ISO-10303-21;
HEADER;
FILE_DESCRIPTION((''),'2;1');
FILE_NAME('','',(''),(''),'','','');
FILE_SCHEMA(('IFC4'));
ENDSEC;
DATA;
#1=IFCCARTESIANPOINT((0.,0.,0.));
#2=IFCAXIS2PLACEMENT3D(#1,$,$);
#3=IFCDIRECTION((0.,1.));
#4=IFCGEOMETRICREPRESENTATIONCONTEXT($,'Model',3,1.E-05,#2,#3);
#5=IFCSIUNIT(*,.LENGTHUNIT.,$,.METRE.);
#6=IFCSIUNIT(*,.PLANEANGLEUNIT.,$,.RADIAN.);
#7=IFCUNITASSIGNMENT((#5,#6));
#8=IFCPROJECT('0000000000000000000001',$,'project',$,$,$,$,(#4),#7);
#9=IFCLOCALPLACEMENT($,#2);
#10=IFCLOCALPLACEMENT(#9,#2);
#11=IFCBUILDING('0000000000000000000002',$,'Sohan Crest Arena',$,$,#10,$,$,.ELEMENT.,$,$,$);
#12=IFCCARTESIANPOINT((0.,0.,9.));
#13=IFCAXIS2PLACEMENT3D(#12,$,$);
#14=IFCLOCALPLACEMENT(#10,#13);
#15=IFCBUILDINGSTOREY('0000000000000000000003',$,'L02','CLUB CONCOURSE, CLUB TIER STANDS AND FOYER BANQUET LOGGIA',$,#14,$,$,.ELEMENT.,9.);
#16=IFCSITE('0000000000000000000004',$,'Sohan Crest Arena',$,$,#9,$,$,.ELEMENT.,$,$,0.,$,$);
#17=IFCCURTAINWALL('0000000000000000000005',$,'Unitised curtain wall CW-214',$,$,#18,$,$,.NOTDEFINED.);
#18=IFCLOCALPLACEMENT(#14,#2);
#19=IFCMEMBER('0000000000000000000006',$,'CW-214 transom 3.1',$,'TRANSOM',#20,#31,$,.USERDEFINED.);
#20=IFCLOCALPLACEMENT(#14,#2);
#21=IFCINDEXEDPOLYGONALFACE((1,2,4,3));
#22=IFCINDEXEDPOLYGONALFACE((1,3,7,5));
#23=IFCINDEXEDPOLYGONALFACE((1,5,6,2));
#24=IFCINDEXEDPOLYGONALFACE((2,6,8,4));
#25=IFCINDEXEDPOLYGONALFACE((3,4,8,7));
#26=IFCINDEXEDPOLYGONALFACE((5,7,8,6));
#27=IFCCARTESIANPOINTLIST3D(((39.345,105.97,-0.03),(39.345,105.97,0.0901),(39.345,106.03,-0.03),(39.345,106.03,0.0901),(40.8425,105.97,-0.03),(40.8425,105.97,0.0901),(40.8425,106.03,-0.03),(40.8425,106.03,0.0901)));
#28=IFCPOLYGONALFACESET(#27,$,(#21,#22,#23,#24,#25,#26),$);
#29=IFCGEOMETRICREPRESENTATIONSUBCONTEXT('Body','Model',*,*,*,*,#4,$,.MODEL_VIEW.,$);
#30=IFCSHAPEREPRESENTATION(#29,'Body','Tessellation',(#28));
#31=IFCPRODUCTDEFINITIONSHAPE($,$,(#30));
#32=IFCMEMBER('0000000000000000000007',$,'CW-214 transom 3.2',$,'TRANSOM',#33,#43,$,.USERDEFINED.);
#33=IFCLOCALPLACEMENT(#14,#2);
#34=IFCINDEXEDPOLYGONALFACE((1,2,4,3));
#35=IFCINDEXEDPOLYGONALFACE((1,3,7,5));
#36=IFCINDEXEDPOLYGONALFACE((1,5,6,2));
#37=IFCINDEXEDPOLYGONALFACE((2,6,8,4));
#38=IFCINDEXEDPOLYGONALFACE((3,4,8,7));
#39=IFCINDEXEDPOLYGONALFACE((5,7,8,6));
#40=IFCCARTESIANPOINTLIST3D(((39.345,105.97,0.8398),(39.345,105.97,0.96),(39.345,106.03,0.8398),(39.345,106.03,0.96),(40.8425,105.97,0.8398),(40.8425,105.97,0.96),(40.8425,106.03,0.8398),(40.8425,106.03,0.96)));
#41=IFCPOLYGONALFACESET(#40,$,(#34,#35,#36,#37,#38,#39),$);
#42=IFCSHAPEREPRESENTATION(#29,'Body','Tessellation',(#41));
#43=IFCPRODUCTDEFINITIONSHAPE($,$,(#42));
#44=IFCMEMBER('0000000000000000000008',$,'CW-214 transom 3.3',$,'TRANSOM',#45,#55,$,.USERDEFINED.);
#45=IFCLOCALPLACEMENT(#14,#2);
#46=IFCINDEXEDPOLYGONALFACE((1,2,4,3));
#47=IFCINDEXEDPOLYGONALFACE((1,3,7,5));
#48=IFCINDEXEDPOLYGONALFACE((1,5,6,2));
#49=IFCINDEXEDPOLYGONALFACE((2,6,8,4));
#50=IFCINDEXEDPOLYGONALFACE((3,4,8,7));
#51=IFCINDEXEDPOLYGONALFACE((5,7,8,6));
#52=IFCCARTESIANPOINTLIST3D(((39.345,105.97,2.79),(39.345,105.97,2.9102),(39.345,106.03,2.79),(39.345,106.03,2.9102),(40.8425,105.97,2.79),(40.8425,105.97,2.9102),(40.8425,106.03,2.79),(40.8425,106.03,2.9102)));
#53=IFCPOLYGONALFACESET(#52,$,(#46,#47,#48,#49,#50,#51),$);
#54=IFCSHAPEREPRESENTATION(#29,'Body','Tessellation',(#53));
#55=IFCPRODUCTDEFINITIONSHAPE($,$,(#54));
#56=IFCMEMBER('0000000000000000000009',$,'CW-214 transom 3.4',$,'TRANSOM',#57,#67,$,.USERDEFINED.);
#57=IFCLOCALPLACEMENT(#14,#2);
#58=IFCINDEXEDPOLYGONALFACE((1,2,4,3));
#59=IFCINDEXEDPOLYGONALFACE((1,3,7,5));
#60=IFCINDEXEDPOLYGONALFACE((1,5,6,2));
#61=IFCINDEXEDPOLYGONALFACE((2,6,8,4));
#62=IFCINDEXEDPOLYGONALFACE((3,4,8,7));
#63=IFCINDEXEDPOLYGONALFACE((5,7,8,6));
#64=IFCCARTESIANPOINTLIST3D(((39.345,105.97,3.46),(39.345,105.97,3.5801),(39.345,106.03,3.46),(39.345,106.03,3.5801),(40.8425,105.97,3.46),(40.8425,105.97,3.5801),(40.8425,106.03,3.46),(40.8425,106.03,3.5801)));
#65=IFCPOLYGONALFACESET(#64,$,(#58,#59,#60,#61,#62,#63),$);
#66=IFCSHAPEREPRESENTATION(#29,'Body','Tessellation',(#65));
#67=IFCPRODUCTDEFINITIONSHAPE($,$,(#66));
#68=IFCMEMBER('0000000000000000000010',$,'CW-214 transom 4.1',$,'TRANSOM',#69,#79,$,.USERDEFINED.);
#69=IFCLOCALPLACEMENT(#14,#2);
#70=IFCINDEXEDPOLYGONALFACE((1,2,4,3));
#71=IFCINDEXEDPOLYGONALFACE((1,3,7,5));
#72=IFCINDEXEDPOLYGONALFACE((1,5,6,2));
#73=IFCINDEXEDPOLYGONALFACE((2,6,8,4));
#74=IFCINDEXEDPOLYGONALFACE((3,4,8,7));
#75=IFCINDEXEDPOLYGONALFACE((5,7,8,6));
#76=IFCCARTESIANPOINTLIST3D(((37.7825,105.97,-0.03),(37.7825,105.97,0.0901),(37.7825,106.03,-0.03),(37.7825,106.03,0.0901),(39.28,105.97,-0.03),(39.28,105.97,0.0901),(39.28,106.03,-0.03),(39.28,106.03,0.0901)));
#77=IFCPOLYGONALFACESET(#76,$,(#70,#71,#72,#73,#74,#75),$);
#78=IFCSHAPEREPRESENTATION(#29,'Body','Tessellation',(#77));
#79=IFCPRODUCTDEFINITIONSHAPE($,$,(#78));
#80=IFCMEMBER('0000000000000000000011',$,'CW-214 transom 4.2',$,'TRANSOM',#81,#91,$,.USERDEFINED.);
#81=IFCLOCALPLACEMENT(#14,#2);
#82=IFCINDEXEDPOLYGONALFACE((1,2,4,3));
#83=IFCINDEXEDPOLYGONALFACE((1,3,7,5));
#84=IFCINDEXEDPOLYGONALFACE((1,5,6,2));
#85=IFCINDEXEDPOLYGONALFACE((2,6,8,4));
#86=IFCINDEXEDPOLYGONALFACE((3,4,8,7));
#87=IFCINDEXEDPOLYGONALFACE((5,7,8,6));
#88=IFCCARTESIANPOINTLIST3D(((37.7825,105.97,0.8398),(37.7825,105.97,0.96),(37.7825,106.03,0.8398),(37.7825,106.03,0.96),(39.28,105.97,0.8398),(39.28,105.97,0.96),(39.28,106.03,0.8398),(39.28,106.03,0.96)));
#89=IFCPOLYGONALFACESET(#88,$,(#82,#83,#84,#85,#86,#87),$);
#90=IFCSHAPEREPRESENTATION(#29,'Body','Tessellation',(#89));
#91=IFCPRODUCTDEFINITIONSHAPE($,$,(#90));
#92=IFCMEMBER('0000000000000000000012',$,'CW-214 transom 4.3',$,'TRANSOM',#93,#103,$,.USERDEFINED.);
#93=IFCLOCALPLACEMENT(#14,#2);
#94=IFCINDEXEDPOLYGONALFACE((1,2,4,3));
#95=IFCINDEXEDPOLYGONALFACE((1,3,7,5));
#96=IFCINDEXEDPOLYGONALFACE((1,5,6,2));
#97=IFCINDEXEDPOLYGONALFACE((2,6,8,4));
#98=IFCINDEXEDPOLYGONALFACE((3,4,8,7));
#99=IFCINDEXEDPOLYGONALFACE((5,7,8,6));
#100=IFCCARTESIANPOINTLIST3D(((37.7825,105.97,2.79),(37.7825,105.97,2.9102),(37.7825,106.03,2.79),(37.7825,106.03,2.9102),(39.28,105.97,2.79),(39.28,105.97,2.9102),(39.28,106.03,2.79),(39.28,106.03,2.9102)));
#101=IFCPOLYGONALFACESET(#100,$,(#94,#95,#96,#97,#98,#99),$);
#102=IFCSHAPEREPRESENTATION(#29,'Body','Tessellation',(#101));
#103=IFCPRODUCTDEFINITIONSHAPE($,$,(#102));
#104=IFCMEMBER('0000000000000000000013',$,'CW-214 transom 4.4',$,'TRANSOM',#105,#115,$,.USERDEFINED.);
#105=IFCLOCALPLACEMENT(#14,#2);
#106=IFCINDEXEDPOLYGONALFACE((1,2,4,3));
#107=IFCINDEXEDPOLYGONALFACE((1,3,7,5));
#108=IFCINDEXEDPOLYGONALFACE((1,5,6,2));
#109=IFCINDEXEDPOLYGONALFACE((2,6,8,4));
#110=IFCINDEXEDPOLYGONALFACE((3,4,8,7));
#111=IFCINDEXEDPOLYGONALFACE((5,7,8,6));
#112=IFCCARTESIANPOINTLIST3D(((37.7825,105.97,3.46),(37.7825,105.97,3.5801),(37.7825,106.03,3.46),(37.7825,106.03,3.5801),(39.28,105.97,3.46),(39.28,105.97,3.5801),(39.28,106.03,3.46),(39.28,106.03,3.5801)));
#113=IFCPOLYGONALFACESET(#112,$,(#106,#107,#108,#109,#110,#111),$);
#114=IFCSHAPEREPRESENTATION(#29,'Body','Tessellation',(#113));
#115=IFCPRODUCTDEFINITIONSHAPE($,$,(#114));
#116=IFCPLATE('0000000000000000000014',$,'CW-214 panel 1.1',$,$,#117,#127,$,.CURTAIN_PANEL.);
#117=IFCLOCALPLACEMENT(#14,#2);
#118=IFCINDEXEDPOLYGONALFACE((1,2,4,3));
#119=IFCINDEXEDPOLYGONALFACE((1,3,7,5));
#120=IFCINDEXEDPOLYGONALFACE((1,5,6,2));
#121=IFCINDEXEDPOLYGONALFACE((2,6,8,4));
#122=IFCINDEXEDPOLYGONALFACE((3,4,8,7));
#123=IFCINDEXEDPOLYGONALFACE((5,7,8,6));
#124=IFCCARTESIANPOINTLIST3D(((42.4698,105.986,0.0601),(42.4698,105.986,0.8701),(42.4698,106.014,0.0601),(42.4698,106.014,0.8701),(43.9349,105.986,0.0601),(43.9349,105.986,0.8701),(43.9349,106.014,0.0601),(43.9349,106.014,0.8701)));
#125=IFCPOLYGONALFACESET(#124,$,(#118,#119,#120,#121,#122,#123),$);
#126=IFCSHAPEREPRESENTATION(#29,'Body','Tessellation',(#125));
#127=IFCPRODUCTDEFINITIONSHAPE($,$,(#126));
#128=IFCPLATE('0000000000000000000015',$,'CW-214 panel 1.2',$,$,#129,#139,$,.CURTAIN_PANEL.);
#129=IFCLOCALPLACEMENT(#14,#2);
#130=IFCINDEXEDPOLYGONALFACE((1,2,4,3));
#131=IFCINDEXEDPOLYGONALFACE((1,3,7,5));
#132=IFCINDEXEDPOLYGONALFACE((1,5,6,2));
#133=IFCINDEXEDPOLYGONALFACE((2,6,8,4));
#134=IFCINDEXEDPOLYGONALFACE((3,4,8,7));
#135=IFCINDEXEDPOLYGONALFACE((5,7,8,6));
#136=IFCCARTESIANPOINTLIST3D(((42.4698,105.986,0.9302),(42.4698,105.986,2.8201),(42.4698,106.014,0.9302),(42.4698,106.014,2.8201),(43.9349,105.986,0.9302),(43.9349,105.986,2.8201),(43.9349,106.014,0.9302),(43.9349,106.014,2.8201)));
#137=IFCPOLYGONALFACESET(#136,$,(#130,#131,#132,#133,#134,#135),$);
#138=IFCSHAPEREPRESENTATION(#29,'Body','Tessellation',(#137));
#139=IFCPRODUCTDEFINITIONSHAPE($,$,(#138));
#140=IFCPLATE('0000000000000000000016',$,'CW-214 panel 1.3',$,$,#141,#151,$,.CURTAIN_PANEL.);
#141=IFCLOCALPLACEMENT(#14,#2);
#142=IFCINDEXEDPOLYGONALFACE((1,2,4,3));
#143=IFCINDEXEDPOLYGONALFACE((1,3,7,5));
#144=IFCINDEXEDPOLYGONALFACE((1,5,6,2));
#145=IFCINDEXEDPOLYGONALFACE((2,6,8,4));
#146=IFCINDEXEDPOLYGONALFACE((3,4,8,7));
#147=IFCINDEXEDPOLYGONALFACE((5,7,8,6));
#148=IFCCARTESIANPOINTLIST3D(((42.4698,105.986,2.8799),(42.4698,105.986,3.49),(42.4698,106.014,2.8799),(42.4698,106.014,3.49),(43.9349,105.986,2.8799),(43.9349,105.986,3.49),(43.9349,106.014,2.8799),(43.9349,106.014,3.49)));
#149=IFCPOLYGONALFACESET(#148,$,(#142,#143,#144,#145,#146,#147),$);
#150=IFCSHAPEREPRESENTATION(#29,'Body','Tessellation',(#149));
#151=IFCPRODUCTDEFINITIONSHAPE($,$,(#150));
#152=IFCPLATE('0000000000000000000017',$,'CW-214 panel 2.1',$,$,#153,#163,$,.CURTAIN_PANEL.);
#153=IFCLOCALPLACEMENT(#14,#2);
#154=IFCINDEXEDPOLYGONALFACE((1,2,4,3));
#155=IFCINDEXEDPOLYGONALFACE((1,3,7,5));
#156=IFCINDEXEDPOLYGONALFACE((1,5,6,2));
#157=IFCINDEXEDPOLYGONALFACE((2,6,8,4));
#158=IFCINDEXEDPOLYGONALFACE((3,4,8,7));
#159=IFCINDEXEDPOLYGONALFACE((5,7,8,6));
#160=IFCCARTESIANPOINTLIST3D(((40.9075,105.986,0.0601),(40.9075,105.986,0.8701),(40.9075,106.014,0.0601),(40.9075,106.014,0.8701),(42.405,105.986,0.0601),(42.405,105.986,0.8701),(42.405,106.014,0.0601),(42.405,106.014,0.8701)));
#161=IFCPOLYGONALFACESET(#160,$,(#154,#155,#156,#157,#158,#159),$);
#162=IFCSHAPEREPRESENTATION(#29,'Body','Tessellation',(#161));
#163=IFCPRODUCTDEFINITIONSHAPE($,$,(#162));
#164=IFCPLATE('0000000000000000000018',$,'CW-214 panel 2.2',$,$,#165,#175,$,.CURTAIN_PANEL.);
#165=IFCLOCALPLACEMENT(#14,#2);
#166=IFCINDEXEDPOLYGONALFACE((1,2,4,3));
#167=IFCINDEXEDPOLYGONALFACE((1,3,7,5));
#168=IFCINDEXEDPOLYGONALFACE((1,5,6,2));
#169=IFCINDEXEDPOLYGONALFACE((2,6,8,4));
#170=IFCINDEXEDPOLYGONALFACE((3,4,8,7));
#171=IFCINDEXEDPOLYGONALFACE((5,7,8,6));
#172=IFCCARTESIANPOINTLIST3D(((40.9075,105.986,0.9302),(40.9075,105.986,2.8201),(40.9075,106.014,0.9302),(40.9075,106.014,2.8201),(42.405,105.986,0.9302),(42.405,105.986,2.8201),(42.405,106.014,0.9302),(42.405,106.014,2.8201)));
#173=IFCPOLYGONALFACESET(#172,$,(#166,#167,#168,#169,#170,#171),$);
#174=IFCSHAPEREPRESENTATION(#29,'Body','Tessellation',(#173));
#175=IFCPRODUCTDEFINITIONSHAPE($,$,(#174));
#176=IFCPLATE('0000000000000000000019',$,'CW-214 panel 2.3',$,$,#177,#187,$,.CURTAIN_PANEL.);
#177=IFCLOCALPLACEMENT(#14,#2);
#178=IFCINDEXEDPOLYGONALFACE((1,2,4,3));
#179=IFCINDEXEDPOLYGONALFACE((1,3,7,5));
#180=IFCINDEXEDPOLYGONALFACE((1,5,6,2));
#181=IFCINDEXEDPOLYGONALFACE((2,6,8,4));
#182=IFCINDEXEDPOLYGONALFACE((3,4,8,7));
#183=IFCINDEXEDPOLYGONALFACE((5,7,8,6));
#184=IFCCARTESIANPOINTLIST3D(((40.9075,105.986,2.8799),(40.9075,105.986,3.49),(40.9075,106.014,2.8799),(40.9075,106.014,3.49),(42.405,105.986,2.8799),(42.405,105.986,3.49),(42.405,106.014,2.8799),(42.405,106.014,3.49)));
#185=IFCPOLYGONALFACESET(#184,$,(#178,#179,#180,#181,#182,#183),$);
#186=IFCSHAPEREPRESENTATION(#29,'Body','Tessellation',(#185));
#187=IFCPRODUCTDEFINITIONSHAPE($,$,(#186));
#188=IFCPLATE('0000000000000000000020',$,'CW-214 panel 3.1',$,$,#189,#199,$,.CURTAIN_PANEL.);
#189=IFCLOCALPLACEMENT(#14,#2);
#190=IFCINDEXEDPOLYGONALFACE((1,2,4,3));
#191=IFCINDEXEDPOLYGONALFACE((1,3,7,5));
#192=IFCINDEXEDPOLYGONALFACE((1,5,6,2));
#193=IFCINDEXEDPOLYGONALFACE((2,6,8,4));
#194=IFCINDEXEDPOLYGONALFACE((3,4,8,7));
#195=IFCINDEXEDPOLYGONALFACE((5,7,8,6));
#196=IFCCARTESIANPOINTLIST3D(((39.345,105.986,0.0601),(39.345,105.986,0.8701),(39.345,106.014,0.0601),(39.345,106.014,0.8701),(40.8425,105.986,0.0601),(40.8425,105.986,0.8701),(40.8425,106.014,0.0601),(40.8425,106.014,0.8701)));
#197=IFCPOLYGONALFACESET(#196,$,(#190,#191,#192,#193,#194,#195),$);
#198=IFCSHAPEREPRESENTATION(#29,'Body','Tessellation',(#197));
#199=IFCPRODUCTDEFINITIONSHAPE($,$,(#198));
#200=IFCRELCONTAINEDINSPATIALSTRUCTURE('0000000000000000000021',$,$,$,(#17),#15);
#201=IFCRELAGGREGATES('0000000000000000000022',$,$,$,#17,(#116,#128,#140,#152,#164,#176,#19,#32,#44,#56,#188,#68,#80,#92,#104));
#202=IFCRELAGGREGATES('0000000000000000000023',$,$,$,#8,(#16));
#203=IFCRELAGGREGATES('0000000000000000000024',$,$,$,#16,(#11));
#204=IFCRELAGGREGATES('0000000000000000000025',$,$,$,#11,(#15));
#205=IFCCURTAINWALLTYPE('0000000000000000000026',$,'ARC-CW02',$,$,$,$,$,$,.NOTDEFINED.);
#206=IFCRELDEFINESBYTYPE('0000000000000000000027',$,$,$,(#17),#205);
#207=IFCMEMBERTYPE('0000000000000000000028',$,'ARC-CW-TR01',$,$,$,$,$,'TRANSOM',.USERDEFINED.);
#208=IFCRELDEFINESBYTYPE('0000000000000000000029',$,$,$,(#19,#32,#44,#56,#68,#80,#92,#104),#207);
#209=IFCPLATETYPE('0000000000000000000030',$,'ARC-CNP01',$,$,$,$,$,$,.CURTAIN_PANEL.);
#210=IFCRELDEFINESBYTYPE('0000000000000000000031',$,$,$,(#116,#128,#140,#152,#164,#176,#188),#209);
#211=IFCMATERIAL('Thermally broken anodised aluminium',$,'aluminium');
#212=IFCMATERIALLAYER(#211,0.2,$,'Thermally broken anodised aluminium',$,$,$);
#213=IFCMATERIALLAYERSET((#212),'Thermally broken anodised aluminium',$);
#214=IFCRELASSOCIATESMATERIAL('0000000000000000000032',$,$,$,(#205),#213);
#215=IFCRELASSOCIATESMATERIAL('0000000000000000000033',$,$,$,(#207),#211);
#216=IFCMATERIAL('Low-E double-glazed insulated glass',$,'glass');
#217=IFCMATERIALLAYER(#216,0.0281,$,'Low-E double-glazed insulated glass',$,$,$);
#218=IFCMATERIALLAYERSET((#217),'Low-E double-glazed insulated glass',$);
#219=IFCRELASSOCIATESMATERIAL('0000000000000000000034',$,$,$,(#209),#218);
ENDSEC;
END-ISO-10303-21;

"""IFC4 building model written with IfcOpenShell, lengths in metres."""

from ifc_helpers import new_model, si_unit, direction, frame, origin, origin_2d, place, context, subcontext, project, spatial, rectangle, extrude, material, layer, layer_set, material_profile, profile_set, type_object, element, aggregate, save


model = new_model("IFC4")

# Units and contexts
model_context = context("Model", 3, precision=1e-05, world=origin(), true_north=direction((0.0, 1.0)))
body_context = subcontext(model_context, "Body", "Model", "MODEL_VIEW")
ifc_project = project(units=[si_unit("LENGTHUNIT", "METRE"), si_unit("PLANEANGLEUNIT", "RADIAN")], contexts=[model_context])

# Site, building, storey
site_placement = place(None, origin())
site = spatial("IfcSite", under=ifc_project, at=site_placement, Name="Sohan Crest Arena", CompositionType="ELEMENT", RefElevation=0.0)
building_placement = place(site_placement, origin())
building = spatial("IfcBuilding", under=site, at=building_placement, Name="Sohan Crest Arena", CompositionType="ELEMENT")
storey_placement = place(building_placement, frame((0.0, 0.0, 9.0)))
storey = spatial("IfcBuildingStorey", under=building, at=storey_placement, Name="L02", Description="CLUB CONCOURSE, CLUB TIER STANDS AND FOYER BANQUET LOGGIA", CompositionType="ELEMENT", Elevation=9.0)

# Curtain wall, members, plates
ifc_material_1 = material(Name="Thermally broken anodised aluminium", Category="aluminium")
ifc_layer_1 = layer(ifc_material_1, 0.2, Name="Thermally broken anodised aluminium")
ifc_layer_set_1 = layer_set([ifc_layer_1], Name="Thermally broken anodised aluminium")
curtain_wall_type = type_object("IfcCurtainWallType", Name="ARC-CW02", PredefinedType="NOTDEFINED", material=ifc_layer_set_1)
curtain_wall_placement = place(storey_placement, origin())
curtain_wall = element("IfcCurtainWall", 1, at=curtain_wall_placement, inside=storey, type_object=curtain_wall_type, Name="Unitised curtain wall CW-214", PredefinedType="NOTDEFINED")
ifc_material_profile_1 = material_profile(ifc_material_1, rectangle(XDim=0.0601, YDim=0.1201, at=origin_2d()), Name="ALU-TRAN 60x120")
ifc_profile_set_1 = profile_set([ifc_material_profile_1], Name="Thermally broken anodised aluminium")
member_type_1 = type_object("IfcMemberType", Name="ARC-CW-TR01", ElementType="TRANSOM", PredefinedType="USERDEFINED", material=ifc_profile_set_1)
member_1_placement = place(storey_placement, frame((40.8425, 106.0, 0.03), z_axis=(-1.0, 0.0, 0.0), x_axis=(0.0, -1.0, 0.0)))
member_1 = element("IfcMember", 2, at=member_1_placement, type_object=member_type_1, Name="CW-214 transom 3.1", ObjectType="TRANSOM", PredefinedType="USERDEFINED", context=body_context, shape_type="SweptSolid", body=[
    extrude(rectangle(XDim=0.0601, YDim=0.1201, at=origin_2d()), origin(), (0.0, 0.0, 1.0), 1.4976),
])
member_2_placement = place(storey_placement, frame((40.8425, 106.0, 0.8999), z_axis=(-1.0, 0.0, 0.0), x_axis=(0.0, -1.0, 0.0)))
member_2 = element("IfcMember", 3, at=member_2_placement, type_object=member_type_1, Name="CW-214 transom 3.2", ObjectType="TRANSOM", PredefinedType="USERDEFINED", context=body_context, shape_type="SweptSolid", body=[
    extrude(rectangle(XDim=0.0601, YDim=0.1201, at=origin_2d()), origin(), (0.0, 0.0, 1.0), 1.4976),
])
member_3_placement = place(storey_placement, frame((40.8425, 106.0, 2.8501), z_axis=(-1.0, 0.0, 0.0), x_axis=(0.0, -1.0, 0.0)))
member_3 = element("IfcMember", 4, at=member_3_placement, type_object=member_type_1, Name="CW-214 transom 3.3", ObjectType="TRANSOM", PredefinedType="USERDEFINED", context=body_context, shape_type="SweptSolid", body=[
    extrude(rectangle(XDim=0.0601, YDim=0.1201, at=origin_2d()), origin(), (0.0, 0.0, 1.0), 1.4976),
])
member_4_placement = place(storey_placement, frame((40.8425, 106.0, 3.52), z_axis=(-1.0, 0.0, 0.0), x_axis=(0.0, -1.0, 0.0)))
member_4 = element("IfcMember", 5, at=member_4_placement, type_object=member_type_1, Name="CW-214 transom 3.4", ObjectType="TRANSOM", PredefinedType="USERDEFINED", context=body_context, shape_type="SweptSolid", body=[
    extrude(rectangle(XDim=0.0601, YDim=0.1201, at=origin_2d()), origin(), (0.0, 0.0, 1.0), 1.4976),
])
member_5_placement = place(storey_placement, frame((39.28, 106.0, 0.03), z_axis=(-1.0, 0.0, 0.0), x_axis=(0.0, -1.0, 0.0)))
member_5 = element("IfcMember", 6, at=member_5_placement, type_object=member_type_1, Name="CW-214 transom 4.1", ObjectType="TRANSOM", PredefinedType="USERDEFINED", context=body_context, shape_type="SweptSolid", body=[
    extrude(rectangle(XDim=0.0601, YDim=0.1201, at=origin_2d()), origin(), (0.0, 0.0, 1.0), 1.4976),
])
member_6_placement = place(storey_placement, frame((39.28, 106.0, 0.8999), z_axis=(-1.0, 0.0, 0.0), x_axis=(0.0, -1.0, 0.0)))
member_6 = element("IfcMember", 7, at=member_6_placement, type_object=member_type_1, Name="CW-214 transom 4.2", ObjectType="TRANSOM", PredefinedType="USERDEFINED", context=body_context, shape_type="SweptSolid", body=[
    extrude(rectangle(XDim=0.0601, YDim=0.1201, at=origin_2d()), origin(), (0.0, 0.0, 1.0), 1.4976),
])
member_7_placement = place(storey_placement, frame((39.28, 106.0, 2.8501), z_axis=(-1.0, 0.0, 0.0), x_axis=(0.0, -1.0, 0.0)))
member_7 = element("IfcMember", 8, at=member_7_placement, type_object=member_type_1, Name="CW-214 transom 4.3", ObjectType="TRANSOM", PredefinedType="USERDEFINED", context=body_context, shape_type="SweptSolid", body=[
    extrude(rectangle(XDim=0.0601, YDim=0.1201, at=origin_2d()), origin(), (0.0, 0.0, 1.0), 1.4976),
])
member_8_placement = place(storey_placement, frame((39.28, 106.0, 3.52), z_axis=(-1.0, 0.0, 0.0), x_axis=(0.0, -1.0, 0.0)))
member_8 = element("IfcMember", 9, at=member_8_placement, type_object=member_type_1, Name="CW-214 transom 4.4", ObjectType="TRANSOM", PredefinedType="USERDEFINED", context=body_context, shape_type="SweptSolid", body=[
    extrude(rectangle(XDim=0.0601, YDim=0.1201, at=origin_2d()), origin(), (0.0, 0.0, 1.0), 1.4976),
])
ifc_material_2 = material(Name="Low-E double-glazed insulated glass", Category="glass")
ifc_layer_2 = layer(ifc_material_2, 0.0281, Name="Low-E double-glazed insulated glass")
ifc_layer_set_2 = layer_set([ifc_layer_2], Name="Low-E double-glazed insulated glass")
plate_type = type_object("IfcPlateType", Name="ARC-CNP01", PredefinedType="CURTAIN_PANEL", material=ifc_layer_set_2)
plate_1_placement = place(storey_placement, frame((43.2024, 106.0, 0.0601), z_axis=(0.0, 0.0, 1.0), x_axis=(-1.0, 0.0, 0.0)))
plate_1 = element("IfcPlate", 10, at=plate_1_placement, type_object=plate_type, Name="CW-214 panel 1.1", PredefinedType="CURTAIN_PANEL", context=body_context, shape_type="SweptSolid", body=[
    extrude(rectangle(XDim=1.4651, YDim=0.0281, at=origin_2d()), origin(), (0.0, 0.0, 1.0), 0.8101),
])
plate_2_placement = place(storey_placement, frame((43.2024, 106.0, 0.9302), z_axis=(0.0, 0.0, 1.0), x_axis=(-1.0, 0.0, 0.0)))
plate_2 = element("IfcPlate", 11, at=plate_2_placement, type_object=plate_type, Name="CW-214 panel 1.2", PredefinedType="CURTAIN_PANEL", context=body_context, shape_type="SweptSolid", body=[
    extrude(rectangle(XDim=1.4651, YDim=0.0281, at=origin_2d()), origin(), (0.0, 0.0, 1.0), 1.8899),
])
plate_3_placement = place(storey_placement, frame((43.2024, 106.0, 2.8799), z_axis=(0.0, 0.0, 1.0), x_axis=(-1.0, 0.0, 0.0)))
plate_3 = element("IfcPlate", 12, at=plate_3_placement, type_object=plate_type, Name="CW-214 panel 1.3", PredefinedType="CURTAIN_PANEL", context=body_context, shape_type="SweptSolid", body=[
    extrude(rectangle(XDim=1.4651, YDim=0.0281, at=origin_2d()), origin(), (0.0, 0.0, 1.0), 0.6101),
])
plate_4_placement = place(storey_placement, frame((41.6562, 106.0, 0.0601), z_axis=(0.0, 0.0, 1.0), x_axis=(-1.0, 0.0, 0.0)))
plate_4 = element("IfcPlate", 13, at=plate_4_placement, type_object=plate_type, Name="CW-214 panel 2.1", PredefinedType="CURTAIN_PANEL", context=body_context, shape_type="SweptSolid", body=[
    extrude(rectangle(XDim=1.4976, YDim=0.0281, at=origin_2d()), origin(), (0.0, 0.0, 1.0), 0.8101),
])
plate_5_placement = place(storey_placement, frame((41.6562, 106.0, 0.9302), z_axis=(0.0, 0.0, 1.0), x_axis=(-1.0, 0.0, 0.0)))
plate_5 = element("IfcPlate", 14, at=plate_5_placement, type_object=plate_type, Name="CW-214 panel 2.2", PredefinedType="CURTAIN_PANEL", context=body_context, shape_type="SweptSolid", body=[
    extrude(rectangle(XDim=1.4976, YDim=0.0281, at=origin_2d()), origin(), (0.0, 0.0, 1.0), 1.8899),
])
plate_6_placement = place(storey_placement, frame((41.6562, 106.0, 2.8799), z_axis=(0.0, 0.0, 1.0), x_axis=(-1.0, 0.0, 0.0)))
plate_6 = element("IfcPlate", 15, at=plate_6_placement, type_object=plate_type, Name="CW-214 panel 2.3", PredefinedType="CURTAIN_PANEL", context=body_context, shape_type="SweptSolid", body=[
    extrude(rectangle(XDim=1.4976, YDim=0.0281, at=origin_2d()), origin(), (0.0, 0.0, 1.0), 0.6101),
])
plate_7_placement = place(storey_placement, frame((40.0938, 106.0, 0.0601), z_axis=(0.0, 0.0, 1.0), x_axis=(-1.0, 0.0, 0.0)))
plate_7 = element("IfcPlate", 16, at=plate_7_placement, type_object=plate_type, Name="CW-214 panel 3.1", PredefinedType="CURTAIN_PANEL", context=body_context, shape_type="SweptSolid", body=[
    extrude(rectangle(XDim=1.4976, YDim=0.0281, at=origin_2d()), origin(), (0.0, 0.0, 1.0), 0.8101),
])
aggregate(curtain_wall, [plate_1, plate_2, plate_3, plate_4, plate_5, plate_6, member_1, member_2, member_3, member_4, plate_7, member_5, member_6, member_7, member_8])

save(model, "model.ifc")
